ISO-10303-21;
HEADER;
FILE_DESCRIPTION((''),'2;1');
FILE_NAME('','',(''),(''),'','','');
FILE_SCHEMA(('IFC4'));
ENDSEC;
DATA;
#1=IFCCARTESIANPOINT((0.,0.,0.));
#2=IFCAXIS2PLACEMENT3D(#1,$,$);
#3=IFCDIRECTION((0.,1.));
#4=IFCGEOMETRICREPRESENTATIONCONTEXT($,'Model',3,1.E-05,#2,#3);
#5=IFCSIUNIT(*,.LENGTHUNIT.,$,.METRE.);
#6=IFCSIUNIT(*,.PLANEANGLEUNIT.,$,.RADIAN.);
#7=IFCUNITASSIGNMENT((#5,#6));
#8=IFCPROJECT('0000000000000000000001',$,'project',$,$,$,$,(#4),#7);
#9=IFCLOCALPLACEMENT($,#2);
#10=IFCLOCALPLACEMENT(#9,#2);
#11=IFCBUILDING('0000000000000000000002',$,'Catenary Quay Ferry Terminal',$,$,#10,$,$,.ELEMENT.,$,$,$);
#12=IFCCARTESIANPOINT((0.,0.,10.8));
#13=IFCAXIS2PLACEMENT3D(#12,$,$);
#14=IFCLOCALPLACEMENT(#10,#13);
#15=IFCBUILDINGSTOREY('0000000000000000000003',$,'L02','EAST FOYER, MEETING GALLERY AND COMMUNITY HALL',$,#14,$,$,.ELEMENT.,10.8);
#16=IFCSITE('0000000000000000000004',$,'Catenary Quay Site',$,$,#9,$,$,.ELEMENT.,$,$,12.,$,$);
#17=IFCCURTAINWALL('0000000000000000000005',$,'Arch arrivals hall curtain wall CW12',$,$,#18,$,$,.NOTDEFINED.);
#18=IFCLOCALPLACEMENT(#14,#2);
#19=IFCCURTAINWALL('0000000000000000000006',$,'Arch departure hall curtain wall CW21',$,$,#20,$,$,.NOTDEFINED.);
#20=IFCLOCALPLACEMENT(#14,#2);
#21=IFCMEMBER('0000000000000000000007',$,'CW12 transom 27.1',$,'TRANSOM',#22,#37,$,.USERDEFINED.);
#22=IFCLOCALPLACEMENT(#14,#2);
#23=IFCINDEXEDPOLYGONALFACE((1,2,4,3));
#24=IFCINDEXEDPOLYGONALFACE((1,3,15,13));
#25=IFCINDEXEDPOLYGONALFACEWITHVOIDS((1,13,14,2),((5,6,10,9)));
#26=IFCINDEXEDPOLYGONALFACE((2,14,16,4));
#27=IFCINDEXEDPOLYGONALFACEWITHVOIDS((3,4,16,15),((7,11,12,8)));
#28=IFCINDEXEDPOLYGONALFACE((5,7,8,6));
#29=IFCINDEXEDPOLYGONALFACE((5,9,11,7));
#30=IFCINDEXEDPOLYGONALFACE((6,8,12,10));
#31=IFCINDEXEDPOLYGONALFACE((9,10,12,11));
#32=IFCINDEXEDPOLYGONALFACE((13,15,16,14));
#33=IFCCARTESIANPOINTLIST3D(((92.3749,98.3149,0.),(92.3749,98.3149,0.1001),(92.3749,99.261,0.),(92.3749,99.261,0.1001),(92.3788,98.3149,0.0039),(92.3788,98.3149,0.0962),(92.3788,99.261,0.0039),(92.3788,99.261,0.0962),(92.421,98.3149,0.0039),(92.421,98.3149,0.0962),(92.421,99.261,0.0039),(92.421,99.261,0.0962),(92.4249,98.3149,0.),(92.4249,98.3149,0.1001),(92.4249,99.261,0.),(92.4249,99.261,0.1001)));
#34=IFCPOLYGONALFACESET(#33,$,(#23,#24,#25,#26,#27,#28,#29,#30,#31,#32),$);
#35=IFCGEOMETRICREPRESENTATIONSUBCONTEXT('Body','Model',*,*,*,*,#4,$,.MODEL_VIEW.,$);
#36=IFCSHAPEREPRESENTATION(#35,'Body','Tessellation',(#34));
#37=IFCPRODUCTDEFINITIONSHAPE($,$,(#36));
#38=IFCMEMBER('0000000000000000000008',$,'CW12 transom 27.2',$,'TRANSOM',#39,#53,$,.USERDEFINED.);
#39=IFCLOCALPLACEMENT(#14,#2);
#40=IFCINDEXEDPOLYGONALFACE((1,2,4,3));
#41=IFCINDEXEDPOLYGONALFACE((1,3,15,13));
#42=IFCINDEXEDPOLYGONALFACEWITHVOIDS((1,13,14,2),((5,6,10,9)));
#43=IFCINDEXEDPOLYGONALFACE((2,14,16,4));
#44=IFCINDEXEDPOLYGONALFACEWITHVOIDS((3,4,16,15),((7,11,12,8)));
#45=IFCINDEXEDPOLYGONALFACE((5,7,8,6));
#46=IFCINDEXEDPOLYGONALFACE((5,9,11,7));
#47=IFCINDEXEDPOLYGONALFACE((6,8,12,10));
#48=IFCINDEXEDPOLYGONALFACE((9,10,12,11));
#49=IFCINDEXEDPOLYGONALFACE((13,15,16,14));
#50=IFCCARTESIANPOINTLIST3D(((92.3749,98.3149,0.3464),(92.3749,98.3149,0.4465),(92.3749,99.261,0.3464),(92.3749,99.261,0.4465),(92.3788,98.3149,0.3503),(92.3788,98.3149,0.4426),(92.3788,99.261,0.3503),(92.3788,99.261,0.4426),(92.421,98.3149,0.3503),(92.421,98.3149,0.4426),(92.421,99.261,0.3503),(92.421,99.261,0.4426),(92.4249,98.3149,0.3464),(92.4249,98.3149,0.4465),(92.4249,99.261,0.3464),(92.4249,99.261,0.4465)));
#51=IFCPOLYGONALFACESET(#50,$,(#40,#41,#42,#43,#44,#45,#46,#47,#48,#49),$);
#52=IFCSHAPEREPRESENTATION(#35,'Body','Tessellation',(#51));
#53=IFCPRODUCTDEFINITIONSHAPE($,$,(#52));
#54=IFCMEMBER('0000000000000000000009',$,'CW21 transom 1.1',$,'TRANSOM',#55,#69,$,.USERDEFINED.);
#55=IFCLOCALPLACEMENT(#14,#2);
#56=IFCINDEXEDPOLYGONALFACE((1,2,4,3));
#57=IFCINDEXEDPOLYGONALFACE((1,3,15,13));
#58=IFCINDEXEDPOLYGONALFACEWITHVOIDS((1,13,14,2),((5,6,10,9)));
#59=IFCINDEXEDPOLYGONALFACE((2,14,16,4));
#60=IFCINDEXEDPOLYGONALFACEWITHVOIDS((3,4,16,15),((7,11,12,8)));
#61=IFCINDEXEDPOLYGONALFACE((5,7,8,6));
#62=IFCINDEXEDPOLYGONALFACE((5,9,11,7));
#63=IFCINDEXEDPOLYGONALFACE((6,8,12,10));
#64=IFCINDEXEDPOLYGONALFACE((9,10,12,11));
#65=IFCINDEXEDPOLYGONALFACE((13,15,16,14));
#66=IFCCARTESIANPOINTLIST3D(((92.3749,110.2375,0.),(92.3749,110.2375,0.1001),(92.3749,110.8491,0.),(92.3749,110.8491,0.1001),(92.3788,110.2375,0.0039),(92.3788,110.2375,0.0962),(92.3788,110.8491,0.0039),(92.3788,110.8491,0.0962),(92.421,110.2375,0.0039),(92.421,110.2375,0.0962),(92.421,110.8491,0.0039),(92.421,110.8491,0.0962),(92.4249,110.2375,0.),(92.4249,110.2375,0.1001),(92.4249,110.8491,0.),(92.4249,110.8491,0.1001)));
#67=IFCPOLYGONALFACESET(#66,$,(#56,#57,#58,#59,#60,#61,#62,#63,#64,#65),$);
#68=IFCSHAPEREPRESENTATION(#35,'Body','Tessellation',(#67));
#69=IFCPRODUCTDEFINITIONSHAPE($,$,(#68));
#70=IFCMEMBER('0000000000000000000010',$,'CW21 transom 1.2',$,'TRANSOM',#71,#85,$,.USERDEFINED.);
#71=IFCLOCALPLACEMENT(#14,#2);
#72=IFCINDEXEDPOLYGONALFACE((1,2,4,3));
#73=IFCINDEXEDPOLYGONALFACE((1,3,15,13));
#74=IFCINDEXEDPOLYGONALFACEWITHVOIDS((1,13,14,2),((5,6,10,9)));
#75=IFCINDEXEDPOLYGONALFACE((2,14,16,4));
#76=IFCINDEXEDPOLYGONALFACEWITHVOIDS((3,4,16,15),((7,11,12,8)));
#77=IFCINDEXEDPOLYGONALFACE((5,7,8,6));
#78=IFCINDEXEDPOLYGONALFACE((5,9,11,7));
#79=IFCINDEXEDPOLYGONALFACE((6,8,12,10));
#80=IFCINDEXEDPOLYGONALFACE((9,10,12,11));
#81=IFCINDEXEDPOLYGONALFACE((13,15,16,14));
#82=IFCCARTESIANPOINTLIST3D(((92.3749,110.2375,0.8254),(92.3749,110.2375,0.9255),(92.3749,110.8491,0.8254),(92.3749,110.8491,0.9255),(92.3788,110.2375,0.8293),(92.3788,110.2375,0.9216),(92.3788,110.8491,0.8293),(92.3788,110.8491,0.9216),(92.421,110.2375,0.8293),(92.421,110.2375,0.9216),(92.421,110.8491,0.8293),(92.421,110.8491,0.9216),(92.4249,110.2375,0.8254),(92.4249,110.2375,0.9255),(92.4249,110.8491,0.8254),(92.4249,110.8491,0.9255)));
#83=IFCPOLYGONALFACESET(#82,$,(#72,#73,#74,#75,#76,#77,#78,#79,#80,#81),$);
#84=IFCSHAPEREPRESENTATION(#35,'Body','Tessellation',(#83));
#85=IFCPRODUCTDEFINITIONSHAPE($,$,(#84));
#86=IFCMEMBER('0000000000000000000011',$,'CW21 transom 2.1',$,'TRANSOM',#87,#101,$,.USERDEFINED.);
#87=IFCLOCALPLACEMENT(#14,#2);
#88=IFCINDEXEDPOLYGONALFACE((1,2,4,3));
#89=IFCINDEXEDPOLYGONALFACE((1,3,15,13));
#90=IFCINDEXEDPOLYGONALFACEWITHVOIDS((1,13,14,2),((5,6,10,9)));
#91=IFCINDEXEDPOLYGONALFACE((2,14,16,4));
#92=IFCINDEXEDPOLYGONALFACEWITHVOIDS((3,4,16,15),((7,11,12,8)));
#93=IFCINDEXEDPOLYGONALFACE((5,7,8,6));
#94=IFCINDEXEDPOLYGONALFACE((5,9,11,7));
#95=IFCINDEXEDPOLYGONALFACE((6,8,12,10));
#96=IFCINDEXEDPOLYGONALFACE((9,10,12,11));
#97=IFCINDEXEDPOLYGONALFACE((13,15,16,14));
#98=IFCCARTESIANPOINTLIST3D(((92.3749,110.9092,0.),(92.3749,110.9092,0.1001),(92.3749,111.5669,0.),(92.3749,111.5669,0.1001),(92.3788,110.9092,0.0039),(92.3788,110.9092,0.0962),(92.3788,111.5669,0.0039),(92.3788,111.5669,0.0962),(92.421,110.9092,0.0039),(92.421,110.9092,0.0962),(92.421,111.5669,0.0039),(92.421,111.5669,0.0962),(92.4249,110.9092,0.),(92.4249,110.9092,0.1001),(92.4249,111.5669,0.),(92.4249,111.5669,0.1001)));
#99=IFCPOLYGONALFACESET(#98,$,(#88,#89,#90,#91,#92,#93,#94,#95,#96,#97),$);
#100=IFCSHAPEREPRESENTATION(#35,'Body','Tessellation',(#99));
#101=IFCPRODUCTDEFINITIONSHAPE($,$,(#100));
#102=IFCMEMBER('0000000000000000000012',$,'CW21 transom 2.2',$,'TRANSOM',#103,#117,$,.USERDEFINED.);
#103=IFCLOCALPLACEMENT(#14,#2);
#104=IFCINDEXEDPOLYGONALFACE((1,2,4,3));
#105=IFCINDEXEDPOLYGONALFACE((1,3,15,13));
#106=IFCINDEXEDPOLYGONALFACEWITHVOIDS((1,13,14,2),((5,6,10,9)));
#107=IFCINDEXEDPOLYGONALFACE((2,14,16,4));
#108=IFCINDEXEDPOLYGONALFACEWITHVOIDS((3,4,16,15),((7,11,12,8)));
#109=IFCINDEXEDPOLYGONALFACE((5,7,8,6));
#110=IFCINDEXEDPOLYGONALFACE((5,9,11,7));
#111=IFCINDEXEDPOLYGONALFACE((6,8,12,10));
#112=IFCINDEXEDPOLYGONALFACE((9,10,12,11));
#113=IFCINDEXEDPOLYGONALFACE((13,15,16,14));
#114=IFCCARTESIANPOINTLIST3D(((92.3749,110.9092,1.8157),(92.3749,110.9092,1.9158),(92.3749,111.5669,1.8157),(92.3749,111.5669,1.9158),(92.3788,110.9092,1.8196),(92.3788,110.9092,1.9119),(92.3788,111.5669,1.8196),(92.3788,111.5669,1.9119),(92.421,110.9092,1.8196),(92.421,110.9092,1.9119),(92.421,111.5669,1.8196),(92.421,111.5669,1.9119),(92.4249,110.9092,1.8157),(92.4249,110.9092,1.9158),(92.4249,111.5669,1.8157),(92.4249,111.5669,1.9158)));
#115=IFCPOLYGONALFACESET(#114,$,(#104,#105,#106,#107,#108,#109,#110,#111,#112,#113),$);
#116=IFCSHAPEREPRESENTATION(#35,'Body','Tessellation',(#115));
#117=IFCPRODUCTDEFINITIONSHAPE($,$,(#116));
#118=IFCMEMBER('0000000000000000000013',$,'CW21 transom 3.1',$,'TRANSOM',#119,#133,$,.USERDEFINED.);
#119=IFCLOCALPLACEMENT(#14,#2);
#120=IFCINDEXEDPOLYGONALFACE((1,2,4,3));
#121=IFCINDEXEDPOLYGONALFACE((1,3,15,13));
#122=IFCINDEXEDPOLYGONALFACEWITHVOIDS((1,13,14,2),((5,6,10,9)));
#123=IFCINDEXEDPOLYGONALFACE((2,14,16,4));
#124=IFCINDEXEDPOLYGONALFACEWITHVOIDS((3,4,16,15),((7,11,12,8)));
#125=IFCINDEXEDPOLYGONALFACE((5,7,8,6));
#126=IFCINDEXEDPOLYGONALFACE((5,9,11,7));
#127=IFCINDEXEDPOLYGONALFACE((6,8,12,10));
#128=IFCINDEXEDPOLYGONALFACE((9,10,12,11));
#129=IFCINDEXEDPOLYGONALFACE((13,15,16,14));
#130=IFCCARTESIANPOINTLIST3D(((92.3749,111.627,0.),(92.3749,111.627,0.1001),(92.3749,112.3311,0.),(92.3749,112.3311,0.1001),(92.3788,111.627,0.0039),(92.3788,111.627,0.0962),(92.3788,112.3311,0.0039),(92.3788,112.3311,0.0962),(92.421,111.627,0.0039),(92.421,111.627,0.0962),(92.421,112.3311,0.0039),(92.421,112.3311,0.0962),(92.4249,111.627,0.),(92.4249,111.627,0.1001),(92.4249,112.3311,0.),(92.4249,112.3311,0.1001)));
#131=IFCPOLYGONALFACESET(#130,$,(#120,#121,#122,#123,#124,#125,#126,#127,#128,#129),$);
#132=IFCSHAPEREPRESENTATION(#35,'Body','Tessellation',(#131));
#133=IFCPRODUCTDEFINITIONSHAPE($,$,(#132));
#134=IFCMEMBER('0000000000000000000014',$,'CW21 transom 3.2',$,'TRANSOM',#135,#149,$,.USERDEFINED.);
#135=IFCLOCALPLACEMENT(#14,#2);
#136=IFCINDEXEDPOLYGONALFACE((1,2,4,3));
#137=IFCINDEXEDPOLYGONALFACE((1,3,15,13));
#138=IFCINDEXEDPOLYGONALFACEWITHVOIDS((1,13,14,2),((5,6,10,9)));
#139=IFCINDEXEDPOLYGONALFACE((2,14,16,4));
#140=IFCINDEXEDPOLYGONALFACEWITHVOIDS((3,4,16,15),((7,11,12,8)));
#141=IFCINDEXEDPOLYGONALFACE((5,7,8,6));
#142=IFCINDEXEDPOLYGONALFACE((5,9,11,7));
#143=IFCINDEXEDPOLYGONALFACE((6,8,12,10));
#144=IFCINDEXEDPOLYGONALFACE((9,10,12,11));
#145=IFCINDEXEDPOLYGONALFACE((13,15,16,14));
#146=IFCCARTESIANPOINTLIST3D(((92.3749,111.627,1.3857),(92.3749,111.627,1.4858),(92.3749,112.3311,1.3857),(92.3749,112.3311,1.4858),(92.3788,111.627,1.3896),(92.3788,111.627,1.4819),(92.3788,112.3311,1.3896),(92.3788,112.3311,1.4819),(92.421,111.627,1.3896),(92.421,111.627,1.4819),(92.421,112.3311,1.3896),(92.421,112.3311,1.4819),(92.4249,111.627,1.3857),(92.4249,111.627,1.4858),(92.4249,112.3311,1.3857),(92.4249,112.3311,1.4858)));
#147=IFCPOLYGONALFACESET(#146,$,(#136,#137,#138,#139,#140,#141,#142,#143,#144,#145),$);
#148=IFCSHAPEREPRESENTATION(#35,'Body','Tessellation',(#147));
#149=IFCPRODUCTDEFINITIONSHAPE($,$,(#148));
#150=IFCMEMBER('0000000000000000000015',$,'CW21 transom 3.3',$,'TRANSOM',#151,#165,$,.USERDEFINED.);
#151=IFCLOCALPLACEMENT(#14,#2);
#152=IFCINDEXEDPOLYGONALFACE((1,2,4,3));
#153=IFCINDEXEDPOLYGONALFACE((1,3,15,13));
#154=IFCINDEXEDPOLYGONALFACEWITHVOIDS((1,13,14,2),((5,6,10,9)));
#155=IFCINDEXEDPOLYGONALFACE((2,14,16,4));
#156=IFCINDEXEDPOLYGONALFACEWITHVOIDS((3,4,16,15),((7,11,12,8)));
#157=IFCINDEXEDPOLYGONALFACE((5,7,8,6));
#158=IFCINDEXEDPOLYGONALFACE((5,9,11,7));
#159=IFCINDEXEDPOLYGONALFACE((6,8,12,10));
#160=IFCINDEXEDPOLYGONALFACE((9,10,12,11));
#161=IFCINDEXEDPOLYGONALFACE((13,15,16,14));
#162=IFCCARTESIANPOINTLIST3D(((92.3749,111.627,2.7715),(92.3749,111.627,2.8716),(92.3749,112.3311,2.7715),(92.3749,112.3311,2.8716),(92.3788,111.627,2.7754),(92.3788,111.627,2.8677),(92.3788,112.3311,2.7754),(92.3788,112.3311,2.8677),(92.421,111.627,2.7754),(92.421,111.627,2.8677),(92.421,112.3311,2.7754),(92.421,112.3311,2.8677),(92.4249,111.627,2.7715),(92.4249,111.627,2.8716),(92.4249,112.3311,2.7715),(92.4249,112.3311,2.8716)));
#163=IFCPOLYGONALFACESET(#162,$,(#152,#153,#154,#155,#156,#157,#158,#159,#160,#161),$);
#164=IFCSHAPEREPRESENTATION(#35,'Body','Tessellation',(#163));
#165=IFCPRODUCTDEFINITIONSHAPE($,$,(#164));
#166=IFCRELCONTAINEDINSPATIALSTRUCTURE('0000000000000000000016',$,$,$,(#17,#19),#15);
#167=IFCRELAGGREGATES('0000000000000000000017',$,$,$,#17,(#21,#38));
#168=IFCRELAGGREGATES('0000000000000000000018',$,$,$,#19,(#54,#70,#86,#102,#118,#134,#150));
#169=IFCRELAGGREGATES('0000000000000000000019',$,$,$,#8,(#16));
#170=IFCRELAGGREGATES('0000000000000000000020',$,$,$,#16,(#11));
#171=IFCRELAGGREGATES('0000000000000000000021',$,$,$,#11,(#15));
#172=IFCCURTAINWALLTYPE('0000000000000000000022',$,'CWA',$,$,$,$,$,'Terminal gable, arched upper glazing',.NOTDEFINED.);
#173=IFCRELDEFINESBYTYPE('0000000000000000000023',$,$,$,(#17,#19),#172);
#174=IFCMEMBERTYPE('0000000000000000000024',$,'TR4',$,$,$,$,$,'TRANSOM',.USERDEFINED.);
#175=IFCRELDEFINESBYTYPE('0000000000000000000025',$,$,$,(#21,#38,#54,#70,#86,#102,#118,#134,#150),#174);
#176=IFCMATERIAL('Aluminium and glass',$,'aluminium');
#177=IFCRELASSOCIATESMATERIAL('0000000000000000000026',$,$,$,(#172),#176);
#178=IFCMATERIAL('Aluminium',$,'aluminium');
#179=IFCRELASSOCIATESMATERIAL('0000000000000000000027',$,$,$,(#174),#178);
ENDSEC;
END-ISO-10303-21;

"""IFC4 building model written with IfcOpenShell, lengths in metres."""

from ifc_helpers import new_model, si_unit, direction, frame, origin, origin_2d, place, context, subcontext, project, spatial, hollow_rectangle, extrude, material, material_profile, profile_set, type_object, element, aggregate, save


model = new_model("IFC4")

# Units and contexts
model_context = context("Model", 3, precision=1e-05, world=origin(), true_north=direction((0.0, 1.0)))
body_context = subcontext(model_context, "Body", "Model", "MODEL_VIEW")
ifc_project = project(units=[si_unit("LENGTHUNIT", "METRE"), si_unit("PLANEANGLEUNIT", "RADIAN")], contexts=[model_context])

# Site, building, storey
site_placement = place(None, origin())
site = spatial("IfcSite", under=ifc_project, at=site_placement, Name="Catenary Quay Site", CompositionType="ELEMENT", RefElevation=12.0)
building_placement = place(site_placement, origin())
building = spatial("IfcBuilding", under=site, at=building_placement, Name="Catenary Quay Ferry Terminal", CompositionType="ELEMENT")
storey_placement = place(building_placement, frame((0.0, 0.0, 10.8)))
storey = spatial("IfcBuildingStorey", under=building, at=storey_placement, Name="L02", Description="EAST FOYER, MEETING GALLERY AND COMMUNITY HALL", CompositionType="ELEMENT", Elevation=10.8)

# Curtain walls
ifc_material_1 = material(Name="Aluminium and glass", Category="aluminium")
curtain_wall_type = type_object("IfcCurtainWallType", Name="CWA", ElementType="Terminal gable, arched upper glazing", PredefinedType="NOTDEFINED", material=ifc_material_1)
curtain_wall_1_placement = place(storey_placement, origin())
curtain_wall_1 = element("IfcCurtainWall", 1, at=curtain_wall_1_placement, inside=storey, type_object=curtain_wall_type, Name="Arch arrivals hall curtain wall CW12", PredefinedType="NOTDEFINED")
curtain_wall_2_placement = place(storey_placement, origin())
curtain_wall_2 = element("IfcCurtainWall", 2, at=curtain_wall_2_placement, inside=storey, type_object=curtain_wall_type, Name="Arch departure hall curtain wall CW21", PredefinedType="NOTDEFINED")

# Members
ifc_material_2 = material(Name="Aluminium", Category="aluminium")
ifc_material_profile_1 = material_profile(ifc_material_2, hollow_rectangle(XDim=0.05, YDim=0.1001, WallThickness=0.0039, at=origin_2d()), Name="TR4")
ifc_profile_set_1 = profile_set([ifc_material_profile_1], Name="Aluminium")
member_type_1 = type_object("IfcMemberType", Name="TR4", ElementType="TRANSOM", PredefinedType="USERDEFINED", material=ifc_profile_set_1)
member_1_placement = place(storey_placement, frame((92.3999, 98.3149, 0.05), z_axis=(0.0, 1.0, 0.0), x_axis=(-1.0, 0.0, 0.0)))
member_1 = element("IfcMember", 3, at=member_1_placement, type_object=member_type_1, Name="CW12 transom 27.1", ObjectType="TRANSOM", PredefinedType="USERDEFINED", context=body_context, shape_type="SweptSolid", body=[
    extrude(hollow_rectangle(XDim=0.05, YDim=0.1001, WallThickness=0.0039, at=origin_2d()), origin(), (0.0, 0.0, 1.0), 0.946),
])
member_2_placement = place(storey_placement, frame((92.3999, 98.3149, 0.3965), z_axis=(0.0, 1.0, 0.0), x_axis=(-1.0, 0.0, 0.0)))
member_2 = element("IfcMember", 4, at=member_2_placement, type_object=member_type_1, Name="CW12 transom 27.2", ObjectType="TRANSOM", PredefinedType="USERDEFINED", context=body_context, shape_type="SweptSolid", body=[
    extrude(hollow_rectangle(XDim=0.05, YDim=0.1001, WallThickness=0.0039, at=origin_2d()), origin(), (0.0, 0.0, 1.0), 0.946),
])
member_3_placement = place(storey_placement, frame((92.3999, 110.2375, 0.05), z_axis=(0.0, 1.0, 0.0), x_axis=(-1.0, 0.0, 0.0)))
member_3 = element("IfcMember", 5, at=member_3_placement, type_object=member_type_1, Name="CW21 transom 1.1", ObjectType="TRANSOM", PredefinedType="USERDEFINED", context=body_context, shape_type="SweptSolid", body=[
    extrude(hollow_rectangle(XDim=0.05, YDim=0.1001, WallThickness=0.0039, at=origin_2d()), origin(), (0.0, 0.0, 1.0), 0.6116),
])
member_4_placement = place(storey_placement, frame((92.3999, 110.2375, 0.8755), z_axis=(0.0, 1.0, 0.0), x_axis=(-1.0, 0.0, 0.0)))
member_4 = element("IfcMember", 6, at=member_4_placement, type_object=member_type_1, Name="CW21 transom 1.2", ObjectType="TRANSOM", PredefinedType="USERDEFINED", context=body_context, shape_type="SweptSolid", body=[
    extrude(hollow_rectangle(XDim=0.05, YDim=0.1001, WallThickness=0.0039, at=origin_2d()), origin(), (0.0, 0.0, 1.0), 0.6116),
])
member_5_placement = place(storey_placement, frame((92.3999, 110.9092, 0.05), z_axis=(0.0, 1.0, 0.0), x_axis=(-1.0, 0.0, 0.0)))
member_5 = element("IfcMember", 7, at=member_5_placement, type_object=member_type_1, Name="CW21 transom 2.1", ObjectType="TRANSOM", PredefinedType="USERDEFINED", context=body_context, shape_type="SweptSolid", body=[
    extrude(hollow_rectangle(XDim=0.05, YDim=0.1001, WallThickness=0.0039, at=origin_2d()), origin(), (0.0, 0.0, 1.0), 0.6577),
])
member_6_placement = place(storey_placement, frame((92.3999, 110.9092, 1.8657), z_axis=(0.0, 1.0, 0.0), x_axis=(-1.0, 0.0, 0.0)))
member_6 = element("IfcMember", 8, at=member_6_placement, type_object=member_type_1, Name="CW21 transom 2.2", ObjectType="TRANSOM", PredefinedType="USERDEFINED", context=body_context, shape_type="SweptSolid", body=[
    extrude(hollow_rectangle(XDim=0.05, YDim=0.1001, WallThickness=0.0039, at=origin_2d()), origin(), (0.0, 0.0, 1.0), 0.6577),
])
member_7_placement = place(storey_placement, frame((92.3999, 111.627, 0.05), z_axis=(0.0, 1.0, 0.0), x_axis=(-1.0, 0.0, 0.0)))
member_7 = element("IfcMember", 9, at=member_7_placement, type_object=member_type_1, Name="CW21 transom 3.1", ObjectType="TRANSOM", PredefinedType="USERDEFINED", context=body_context, shape_type="SweptSolid", body=[
    extrude(hollow_rectangle(XDim=0.05, YDim=0.1001, WallThickness=0.0039, at=origin_2d()), origin(), (0.0, 0.0, 1.0), 0.7041),
])
member_8_placement = place(storey_placement, frame((92.3999, 111.627, 1.4358), z_axis=(0.0, 1.0, 0.0), x_axis=(-1.0, 0.0, 0.0)))
member_8 = element("IfcMember", 10, at=member_8_placement, type_object=member_type_1, Name="CW21 transom 3.2", ObjectType="TRANSOM", PredefinedType="USERDEFINED", context=body_context, shape_type="SweptSolid", body=[
    extrude(hollow_rectangle(XDim=0.05, YDim=0.1001, WallThickness=0.0039, at=origin_2d()), origin(), (0.0, 0.0, 1.0), 0.7041),
])
member_9_placement = place(storey_placement, frame((92.3999, 111.627, 2.8215), z_axis=(0.0, 1.0, 0.0), x_axis=(-1.0, 0.0, 0.0)))
member_9 = element("IfcMember", 11, at=member_9_placement, type_object=member_type_1, Name="CW21 transom 3.3", ObjectType="TRANSOM", PredefinedType="USERDEFINED", context=body_context, shape_type="SweptSolid", body=[
    extrude(hollow_rectangle(XDim=0.05, YDim=0.1001, WallThickness=0.0039, at=origin_2d()), origin(), (0.0, 0.0, 1.0), 0.7041),
])

aggregate(curtain_wall_1, [member_1, member_2])
aggregate(curtain_wall_2, [member_3, member_4, member_5, member_6, member_7, member_8, member_9])

save(model, "model.ifc")
